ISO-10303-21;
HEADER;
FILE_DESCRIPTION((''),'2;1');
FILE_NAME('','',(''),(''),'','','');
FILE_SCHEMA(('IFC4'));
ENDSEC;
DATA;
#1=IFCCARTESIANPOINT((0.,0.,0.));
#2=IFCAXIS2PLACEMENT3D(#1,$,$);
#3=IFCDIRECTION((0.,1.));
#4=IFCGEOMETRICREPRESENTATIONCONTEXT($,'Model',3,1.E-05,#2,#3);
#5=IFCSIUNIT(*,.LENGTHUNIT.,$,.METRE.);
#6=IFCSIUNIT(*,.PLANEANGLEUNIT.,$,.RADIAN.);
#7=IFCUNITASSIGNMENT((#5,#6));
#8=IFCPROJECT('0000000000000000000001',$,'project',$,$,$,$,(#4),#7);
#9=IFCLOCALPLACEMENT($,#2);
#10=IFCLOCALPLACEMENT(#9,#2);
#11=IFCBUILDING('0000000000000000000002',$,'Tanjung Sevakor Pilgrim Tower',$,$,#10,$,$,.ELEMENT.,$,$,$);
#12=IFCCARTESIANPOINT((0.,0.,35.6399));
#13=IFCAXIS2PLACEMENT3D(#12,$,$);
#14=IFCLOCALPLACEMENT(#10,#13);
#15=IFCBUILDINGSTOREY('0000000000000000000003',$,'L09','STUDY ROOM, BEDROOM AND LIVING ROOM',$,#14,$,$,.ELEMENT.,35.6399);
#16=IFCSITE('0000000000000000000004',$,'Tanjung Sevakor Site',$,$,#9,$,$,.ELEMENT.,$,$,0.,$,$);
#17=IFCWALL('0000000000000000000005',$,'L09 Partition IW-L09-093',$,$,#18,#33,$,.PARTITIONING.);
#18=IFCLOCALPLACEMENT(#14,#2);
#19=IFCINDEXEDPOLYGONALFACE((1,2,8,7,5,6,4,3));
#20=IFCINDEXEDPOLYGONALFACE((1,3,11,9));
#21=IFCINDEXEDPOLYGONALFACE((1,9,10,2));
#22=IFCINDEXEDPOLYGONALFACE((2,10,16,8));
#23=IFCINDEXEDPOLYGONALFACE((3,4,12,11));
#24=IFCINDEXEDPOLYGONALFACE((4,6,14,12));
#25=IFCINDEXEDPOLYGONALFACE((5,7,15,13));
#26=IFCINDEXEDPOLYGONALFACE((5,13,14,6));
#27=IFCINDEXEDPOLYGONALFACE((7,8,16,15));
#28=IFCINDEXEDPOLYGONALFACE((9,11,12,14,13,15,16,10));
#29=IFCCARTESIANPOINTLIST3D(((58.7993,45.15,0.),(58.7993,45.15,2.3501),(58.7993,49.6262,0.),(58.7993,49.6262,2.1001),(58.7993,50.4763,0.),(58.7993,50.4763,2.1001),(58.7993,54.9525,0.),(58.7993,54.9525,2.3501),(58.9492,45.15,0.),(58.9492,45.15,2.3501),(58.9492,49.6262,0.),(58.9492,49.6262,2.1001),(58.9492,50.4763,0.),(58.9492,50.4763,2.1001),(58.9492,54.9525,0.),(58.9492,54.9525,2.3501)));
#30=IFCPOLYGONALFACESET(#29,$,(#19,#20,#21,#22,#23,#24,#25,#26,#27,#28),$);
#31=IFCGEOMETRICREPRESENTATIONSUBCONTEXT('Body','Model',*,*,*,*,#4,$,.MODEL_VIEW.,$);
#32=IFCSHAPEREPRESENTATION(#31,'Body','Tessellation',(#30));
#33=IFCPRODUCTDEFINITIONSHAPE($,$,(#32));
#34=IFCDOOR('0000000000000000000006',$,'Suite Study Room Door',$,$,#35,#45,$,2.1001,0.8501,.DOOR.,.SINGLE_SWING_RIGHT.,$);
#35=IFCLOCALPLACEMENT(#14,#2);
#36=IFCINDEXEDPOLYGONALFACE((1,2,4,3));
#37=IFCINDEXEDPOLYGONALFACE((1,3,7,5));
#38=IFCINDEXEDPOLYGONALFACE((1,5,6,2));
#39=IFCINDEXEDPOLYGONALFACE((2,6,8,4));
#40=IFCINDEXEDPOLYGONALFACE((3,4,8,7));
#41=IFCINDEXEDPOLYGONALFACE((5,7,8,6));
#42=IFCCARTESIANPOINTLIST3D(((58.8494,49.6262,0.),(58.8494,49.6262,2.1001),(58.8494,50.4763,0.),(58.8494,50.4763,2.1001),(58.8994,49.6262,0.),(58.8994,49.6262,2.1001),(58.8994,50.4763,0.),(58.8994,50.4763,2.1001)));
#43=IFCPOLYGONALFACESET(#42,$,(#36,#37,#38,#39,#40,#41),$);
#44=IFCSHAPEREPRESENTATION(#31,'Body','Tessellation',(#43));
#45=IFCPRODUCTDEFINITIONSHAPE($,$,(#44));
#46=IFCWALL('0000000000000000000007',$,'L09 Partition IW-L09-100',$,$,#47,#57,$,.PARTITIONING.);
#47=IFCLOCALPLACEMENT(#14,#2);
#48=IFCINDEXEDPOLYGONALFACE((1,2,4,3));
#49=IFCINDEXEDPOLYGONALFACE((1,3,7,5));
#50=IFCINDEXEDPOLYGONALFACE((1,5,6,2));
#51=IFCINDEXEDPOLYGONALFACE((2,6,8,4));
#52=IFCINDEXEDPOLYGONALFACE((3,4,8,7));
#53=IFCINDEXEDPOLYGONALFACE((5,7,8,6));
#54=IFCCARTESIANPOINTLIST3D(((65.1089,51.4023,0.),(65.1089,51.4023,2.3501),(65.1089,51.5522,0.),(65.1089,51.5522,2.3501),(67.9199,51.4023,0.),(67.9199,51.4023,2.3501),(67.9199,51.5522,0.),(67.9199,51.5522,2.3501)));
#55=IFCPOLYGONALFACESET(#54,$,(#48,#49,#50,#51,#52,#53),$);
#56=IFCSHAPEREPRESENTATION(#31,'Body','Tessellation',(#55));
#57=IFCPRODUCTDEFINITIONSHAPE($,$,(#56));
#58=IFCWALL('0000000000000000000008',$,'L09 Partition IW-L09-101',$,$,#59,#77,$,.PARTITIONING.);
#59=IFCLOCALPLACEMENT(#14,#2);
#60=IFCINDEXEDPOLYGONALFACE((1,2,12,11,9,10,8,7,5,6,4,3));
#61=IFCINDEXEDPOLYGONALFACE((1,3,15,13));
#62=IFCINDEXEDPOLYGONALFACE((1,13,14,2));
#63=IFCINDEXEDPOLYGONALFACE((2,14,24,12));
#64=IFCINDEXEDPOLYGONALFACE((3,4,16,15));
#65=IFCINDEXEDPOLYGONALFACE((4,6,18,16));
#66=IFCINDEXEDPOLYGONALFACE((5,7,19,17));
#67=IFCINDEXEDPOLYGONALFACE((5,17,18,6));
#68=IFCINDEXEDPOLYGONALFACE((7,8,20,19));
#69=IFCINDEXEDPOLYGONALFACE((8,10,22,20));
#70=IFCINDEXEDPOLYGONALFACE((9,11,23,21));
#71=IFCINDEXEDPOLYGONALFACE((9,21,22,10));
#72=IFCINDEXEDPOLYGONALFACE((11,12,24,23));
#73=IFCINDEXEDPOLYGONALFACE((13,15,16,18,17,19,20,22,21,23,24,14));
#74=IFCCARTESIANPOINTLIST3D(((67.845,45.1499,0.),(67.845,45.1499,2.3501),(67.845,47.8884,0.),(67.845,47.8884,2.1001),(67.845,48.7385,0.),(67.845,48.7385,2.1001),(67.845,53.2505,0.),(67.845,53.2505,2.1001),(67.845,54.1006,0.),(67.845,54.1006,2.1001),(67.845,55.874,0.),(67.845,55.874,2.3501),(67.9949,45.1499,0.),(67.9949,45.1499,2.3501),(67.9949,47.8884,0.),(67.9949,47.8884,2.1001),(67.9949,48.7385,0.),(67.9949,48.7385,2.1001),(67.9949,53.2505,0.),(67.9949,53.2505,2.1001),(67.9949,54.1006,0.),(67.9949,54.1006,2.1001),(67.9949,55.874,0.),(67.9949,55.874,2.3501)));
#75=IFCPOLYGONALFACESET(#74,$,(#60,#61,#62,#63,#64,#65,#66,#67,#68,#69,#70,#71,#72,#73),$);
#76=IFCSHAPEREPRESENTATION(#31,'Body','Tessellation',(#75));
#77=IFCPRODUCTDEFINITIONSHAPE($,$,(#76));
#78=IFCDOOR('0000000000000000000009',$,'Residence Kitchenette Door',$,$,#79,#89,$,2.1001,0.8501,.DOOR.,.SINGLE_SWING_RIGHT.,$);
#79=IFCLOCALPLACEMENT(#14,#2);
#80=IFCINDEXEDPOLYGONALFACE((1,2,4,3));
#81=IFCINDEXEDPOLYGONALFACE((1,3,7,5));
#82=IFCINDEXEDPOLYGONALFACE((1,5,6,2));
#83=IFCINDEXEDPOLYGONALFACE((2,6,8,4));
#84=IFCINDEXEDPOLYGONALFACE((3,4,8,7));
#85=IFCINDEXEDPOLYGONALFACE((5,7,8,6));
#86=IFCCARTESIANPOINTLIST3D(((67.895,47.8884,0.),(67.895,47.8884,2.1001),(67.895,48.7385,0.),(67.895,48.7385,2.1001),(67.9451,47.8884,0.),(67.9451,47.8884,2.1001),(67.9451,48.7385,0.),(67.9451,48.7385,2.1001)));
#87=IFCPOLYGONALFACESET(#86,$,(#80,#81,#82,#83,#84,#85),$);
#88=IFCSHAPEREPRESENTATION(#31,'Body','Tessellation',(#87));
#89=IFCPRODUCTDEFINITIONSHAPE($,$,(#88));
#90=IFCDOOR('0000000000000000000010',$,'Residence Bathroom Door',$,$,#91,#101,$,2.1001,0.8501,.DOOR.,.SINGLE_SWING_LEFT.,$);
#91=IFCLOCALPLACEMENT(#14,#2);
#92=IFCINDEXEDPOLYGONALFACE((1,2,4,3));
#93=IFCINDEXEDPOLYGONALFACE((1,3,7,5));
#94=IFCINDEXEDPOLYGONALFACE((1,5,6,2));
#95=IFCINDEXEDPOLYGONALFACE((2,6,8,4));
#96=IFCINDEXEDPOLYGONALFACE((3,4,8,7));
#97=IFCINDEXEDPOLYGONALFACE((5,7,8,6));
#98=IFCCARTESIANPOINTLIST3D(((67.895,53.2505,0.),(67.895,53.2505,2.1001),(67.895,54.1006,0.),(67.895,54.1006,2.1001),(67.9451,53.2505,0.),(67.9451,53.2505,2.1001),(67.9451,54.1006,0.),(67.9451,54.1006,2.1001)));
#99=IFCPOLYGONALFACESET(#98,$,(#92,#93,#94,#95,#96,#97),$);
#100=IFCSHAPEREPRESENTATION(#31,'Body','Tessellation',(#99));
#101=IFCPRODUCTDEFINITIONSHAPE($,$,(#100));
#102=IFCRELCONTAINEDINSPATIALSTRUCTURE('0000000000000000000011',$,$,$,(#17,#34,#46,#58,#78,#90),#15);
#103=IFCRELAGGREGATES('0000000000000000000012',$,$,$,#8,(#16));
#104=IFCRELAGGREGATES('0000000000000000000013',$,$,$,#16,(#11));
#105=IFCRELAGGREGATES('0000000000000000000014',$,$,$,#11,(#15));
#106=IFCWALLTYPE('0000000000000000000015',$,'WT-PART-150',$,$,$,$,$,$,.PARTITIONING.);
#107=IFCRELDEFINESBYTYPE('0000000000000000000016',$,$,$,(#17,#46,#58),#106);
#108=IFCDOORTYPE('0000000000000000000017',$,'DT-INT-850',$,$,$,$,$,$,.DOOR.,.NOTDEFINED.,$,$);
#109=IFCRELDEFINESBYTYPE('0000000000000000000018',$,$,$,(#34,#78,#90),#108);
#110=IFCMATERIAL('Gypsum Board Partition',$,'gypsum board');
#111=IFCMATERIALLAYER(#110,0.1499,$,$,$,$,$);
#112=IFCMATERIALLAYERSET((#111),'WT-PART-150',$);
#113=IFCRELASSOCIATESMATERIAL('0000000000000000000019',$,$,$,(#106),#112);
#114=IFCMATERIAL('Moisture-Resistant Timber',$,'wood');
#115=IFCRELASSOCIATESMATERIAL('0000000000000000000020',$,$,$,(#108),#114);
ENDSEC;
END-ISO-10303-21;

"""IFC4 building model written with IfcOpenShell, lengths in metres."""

from ifc_helpers import new_model, si_unit, direction, frame, frame_2d, origin, place, context, subcontext, project, spatial, rectangle, extrude, material, layer, layer_set, type_object, element, fill, save


model = new_model("IFC4")

# Units and contexts
model_context = context("Model", 3, precision=1e-05, world=origin(), true_north=direction((0.0, 1.0)))
body_context = subcontext(model_context, "Body", "Model", "MODEL_VIEW")
ifc_project = project(units=[si_unit("LENGTHUNIT", "METRE"), si_unit("PLANEANGLEUNIT", "RADIAN")], contexts=[model_context])

# Site, building, storey
site_placement = place(None, origin())
site = spatial("IfcSite", under=ifc_project, at=site_placement, Name="Tanjung Sevakor Site", CompositionType="ELEMENT", RefElevation=0.0)
building_placement = place(site_placement, origin())
building = spatial("IfcBuilding", under=site, at=building_placement, Name="Tanjung Sevakor Pilgrim Tower", CompositionType="ELEMENT")
storey_placement = place(building_placement, frame((0.0, 0.0, 35.6399)))
storey = spatial("IfcBuildingStorey", under=building, at=storey_placement, Name="L09", Description="STUDY ROOM, BEDROOM AND LIVING ROOM", CompositionType="ELEMENT", Elevation=35.6399)

# Wall, opening, door
ifc_material_1 = material(Name="Gypsum Board Partition", Category="gypsum board")
ifc_layer_1 = layer(ifc_material_1, 0.1499)
ifc_layer_set_1 = layer_set([ifc_layer_1], Name="WT-PART-150")
wall_type_1 = type_object("IfcWallType", Name="WT-PART-150", PredefinedType="PARTITIONING", material=ifc_layer_set_1)
wall_1_placement = place(storey_placement, frame((58.8743, 45.1499, 0.0), z_axis=(0.0, 0.0, 1.0), x_axis=(0.0, 1.0, 0.0)))
wall_1 = element("IfcWall", 1, at=wall_1_placement, inside=storey, type_object=wall_type_1, Name="L09 Partition IW-L09-093", PredefinedType="PARTITIONING", context=body_context, shape_type="SweptSolid", body=[
    extrude(rectangle(XDim=9.8025, YDim=0.1499, at=frame_2d((4.9014, 0.0))), origin(), (0.0, 0.0, 1.0), 2.3501),
])
opening_1_placement = place(wall_1_placement, frame((4.4763, 0.0, 0.0)))
opening_1 = element("IfcOpeningElement", 2, at=opening_1_placement, cuts=wall_1, PredefinedType="OPENING", context=body_context, shape_type="SweptSolid", body=[
    extrude(rectangle(XDim=0.8501, YDim=2.1001, at=frame_2d((0.425, 1.05))), frame((0.0, 0.085, 0.0), z_axis=(0.0, -1.0, 0.0), x_axis=(1.0, 0.0, 0.0)), (0.0, 0.0, 1.0), 0.1699),
])
ifc_material_2 = material(Name="Moisture-Resistant Timber", Category="wood")
door_type_1 = type_object("IfcDoorType", Name="DT-INT-850", OperationType="NOTDEFINED", PredefinedType="DOOR", material=ifc_material_2)
door_1_placement = place(opening_1_placement, origin())
door_1 = element("IfcDoor", 3, at=door_1_placement, inside=storey, type_object=door_type_1, Name="Suite Study Room Door", OperationType="SINGLE_SWING_RIGHT", OverallHeight=2.1001, OverallWidth=0.8501, PredefinedType="DOOR", context=body_context, shape_type="SweptSolid", body=[
    extrude(rectangle(XDim=0.8501, YDim=2.1001, at=frame_2d((0.425, 1.05))), frame((0.0, 0.0249, 0.0), z_axis=(0.0, -1.0, 0.0), x_axis=(1.0, 0.0, 0.0)), (0.0, 0.0, 1.0), 0.05),
])
fill(opening_1, door_1)

# Wall
wall_2_placement = place(storey_placement, frame((65.1089, 51.4773, 0.0), z_axis=(0.0, 0.0, 1.0), x_axis=(1.0, 0.0, 0.0)))
element("IfcWall", 4, at=wall_2_placement, inside=storey, type_object=wall_type_1, Name="L09 Partition IW-L09-100", PredefinedType="PARTITIONING", context=body_context, shape_type="SweptSolid", body=[
    extrude(rectangle(XDim=2.811, YDim=0.1499, at=frame_2d((1.4055, 0.0))), origin(), (0.0, 0.0, 1.0), 2.3501),
])

# Wall, openings, doors
wall_3_placement = place(storey_placement, frame((67.9199, 45.1499, 0.0), z_axis=(0.0, 0.0, 1.0), x_axis=(0.0, 1.0, 0.0)))
wall_3 = element("IfcWall", 5, at=wall_3_placement, inside=storey, type_object=wall_type_1, Name="L09 Partition IW-L09-101", PredefinedType="PARTITIONING", context=body_context, shape_type="SweptSolid", body=[
    extrude(rectangle(XDim=10.7241, YDim=0.1499, at=frame_2d((5.3621, 0.0))), origin(), (0.0, 0.0, 1.0), 2.3501),
])
opening_2_placement = place(wall_3_placement, frame((2.7385, 0.0, 0.0)))
opening_2 = element("IfcOpeningElement", 6, at=opening_2_placement, cuts=wall_3, PredefinedType="OPENING", context=body_context, shape_type="SweptSolid", body=[
    extrude(rectangle(XDim=0.8501, YDim=2.1001, at=frame_2d((0.425, 1.05))), frame((0.0, 0.085, 0.0), z_axis=(0.0, -1.0, 0.0), x_axis=(1.0, 0.0, 0.0)), (0.0, 0.0, 1.0), 0.1699),
])
opening_3_placement = place(wall_3_placement, frame((8.1006, 0.0, 0.0)))
opening_3 = element("IfcOpeningElement", 7, at=opening_3_placement, cuts=wall_3, PredefinedType="OPENING", context=body_context, shape_type="SweptSolid", body=[
    extrude(rectangle(XDim=0.8501, YDim=2.1001, at=frame_2d((0.425, 1.05))), frame((0.0, 0.085, 0.0), z_axis=(0.0, -1.0, 0.0), x_axis=(1.0, 0.0, 0.0)), (0.0, 0.0, 1.0), 0.1699),
])
door_2_placement = place(opening_2_placement, origin())
door_2 = element("IfcDoor", 8, at=door_2_placement, inside=storey, type_object=door_type_1, Name="Residence Kitchenette Door", OperationType="SINGLE_SWING_RIGHT", OverallHeight=2.1001, OverallWidth=0.8501, PredefinedType="DOOR", context=body_context, shape_type="SweptSolid", body=[
    extrude(rectangle(XDim=0.8501, YDim=2.1001, at=frame_2d((0.425, 1.05))), frame((0.0, 0.0249, 0.0), z_axis=(0.0, -1.0, 0.0), x_axis=(1.0, 0.0, 0.0)), (0.0, 0.0, 1.0), 0.05),
])
fill(opening_2, door_2)
door_3_placement = place(opening_3_placement, origin())
door_3 = element("IfcDoor", 9, at=door_3_placement, inside=storey, type_object=door_type_1, Name="Residence Bathroom Door", OperationType="SINGLE_SWING_LEFT", OverallHeight=2.1001, OverallWidth=0.8501, PredefinedType="DOOR", context=body_context, shape_type="SweptSolid", body=[
    extrude(rectangle(XDim=0.8501, YDim=2.1001, at=frame_2d((0.425, 1.05))), frame((0.0, 0.0249, 0.0), z_axis=(0.0, -1.0, 0.0), x_axis=(1.0, 0.0, 0.0)), (0.0, 0.0, 1.0), 0.05),
])
fill(opening_3, door_3)

save(model, "model.ifc")
